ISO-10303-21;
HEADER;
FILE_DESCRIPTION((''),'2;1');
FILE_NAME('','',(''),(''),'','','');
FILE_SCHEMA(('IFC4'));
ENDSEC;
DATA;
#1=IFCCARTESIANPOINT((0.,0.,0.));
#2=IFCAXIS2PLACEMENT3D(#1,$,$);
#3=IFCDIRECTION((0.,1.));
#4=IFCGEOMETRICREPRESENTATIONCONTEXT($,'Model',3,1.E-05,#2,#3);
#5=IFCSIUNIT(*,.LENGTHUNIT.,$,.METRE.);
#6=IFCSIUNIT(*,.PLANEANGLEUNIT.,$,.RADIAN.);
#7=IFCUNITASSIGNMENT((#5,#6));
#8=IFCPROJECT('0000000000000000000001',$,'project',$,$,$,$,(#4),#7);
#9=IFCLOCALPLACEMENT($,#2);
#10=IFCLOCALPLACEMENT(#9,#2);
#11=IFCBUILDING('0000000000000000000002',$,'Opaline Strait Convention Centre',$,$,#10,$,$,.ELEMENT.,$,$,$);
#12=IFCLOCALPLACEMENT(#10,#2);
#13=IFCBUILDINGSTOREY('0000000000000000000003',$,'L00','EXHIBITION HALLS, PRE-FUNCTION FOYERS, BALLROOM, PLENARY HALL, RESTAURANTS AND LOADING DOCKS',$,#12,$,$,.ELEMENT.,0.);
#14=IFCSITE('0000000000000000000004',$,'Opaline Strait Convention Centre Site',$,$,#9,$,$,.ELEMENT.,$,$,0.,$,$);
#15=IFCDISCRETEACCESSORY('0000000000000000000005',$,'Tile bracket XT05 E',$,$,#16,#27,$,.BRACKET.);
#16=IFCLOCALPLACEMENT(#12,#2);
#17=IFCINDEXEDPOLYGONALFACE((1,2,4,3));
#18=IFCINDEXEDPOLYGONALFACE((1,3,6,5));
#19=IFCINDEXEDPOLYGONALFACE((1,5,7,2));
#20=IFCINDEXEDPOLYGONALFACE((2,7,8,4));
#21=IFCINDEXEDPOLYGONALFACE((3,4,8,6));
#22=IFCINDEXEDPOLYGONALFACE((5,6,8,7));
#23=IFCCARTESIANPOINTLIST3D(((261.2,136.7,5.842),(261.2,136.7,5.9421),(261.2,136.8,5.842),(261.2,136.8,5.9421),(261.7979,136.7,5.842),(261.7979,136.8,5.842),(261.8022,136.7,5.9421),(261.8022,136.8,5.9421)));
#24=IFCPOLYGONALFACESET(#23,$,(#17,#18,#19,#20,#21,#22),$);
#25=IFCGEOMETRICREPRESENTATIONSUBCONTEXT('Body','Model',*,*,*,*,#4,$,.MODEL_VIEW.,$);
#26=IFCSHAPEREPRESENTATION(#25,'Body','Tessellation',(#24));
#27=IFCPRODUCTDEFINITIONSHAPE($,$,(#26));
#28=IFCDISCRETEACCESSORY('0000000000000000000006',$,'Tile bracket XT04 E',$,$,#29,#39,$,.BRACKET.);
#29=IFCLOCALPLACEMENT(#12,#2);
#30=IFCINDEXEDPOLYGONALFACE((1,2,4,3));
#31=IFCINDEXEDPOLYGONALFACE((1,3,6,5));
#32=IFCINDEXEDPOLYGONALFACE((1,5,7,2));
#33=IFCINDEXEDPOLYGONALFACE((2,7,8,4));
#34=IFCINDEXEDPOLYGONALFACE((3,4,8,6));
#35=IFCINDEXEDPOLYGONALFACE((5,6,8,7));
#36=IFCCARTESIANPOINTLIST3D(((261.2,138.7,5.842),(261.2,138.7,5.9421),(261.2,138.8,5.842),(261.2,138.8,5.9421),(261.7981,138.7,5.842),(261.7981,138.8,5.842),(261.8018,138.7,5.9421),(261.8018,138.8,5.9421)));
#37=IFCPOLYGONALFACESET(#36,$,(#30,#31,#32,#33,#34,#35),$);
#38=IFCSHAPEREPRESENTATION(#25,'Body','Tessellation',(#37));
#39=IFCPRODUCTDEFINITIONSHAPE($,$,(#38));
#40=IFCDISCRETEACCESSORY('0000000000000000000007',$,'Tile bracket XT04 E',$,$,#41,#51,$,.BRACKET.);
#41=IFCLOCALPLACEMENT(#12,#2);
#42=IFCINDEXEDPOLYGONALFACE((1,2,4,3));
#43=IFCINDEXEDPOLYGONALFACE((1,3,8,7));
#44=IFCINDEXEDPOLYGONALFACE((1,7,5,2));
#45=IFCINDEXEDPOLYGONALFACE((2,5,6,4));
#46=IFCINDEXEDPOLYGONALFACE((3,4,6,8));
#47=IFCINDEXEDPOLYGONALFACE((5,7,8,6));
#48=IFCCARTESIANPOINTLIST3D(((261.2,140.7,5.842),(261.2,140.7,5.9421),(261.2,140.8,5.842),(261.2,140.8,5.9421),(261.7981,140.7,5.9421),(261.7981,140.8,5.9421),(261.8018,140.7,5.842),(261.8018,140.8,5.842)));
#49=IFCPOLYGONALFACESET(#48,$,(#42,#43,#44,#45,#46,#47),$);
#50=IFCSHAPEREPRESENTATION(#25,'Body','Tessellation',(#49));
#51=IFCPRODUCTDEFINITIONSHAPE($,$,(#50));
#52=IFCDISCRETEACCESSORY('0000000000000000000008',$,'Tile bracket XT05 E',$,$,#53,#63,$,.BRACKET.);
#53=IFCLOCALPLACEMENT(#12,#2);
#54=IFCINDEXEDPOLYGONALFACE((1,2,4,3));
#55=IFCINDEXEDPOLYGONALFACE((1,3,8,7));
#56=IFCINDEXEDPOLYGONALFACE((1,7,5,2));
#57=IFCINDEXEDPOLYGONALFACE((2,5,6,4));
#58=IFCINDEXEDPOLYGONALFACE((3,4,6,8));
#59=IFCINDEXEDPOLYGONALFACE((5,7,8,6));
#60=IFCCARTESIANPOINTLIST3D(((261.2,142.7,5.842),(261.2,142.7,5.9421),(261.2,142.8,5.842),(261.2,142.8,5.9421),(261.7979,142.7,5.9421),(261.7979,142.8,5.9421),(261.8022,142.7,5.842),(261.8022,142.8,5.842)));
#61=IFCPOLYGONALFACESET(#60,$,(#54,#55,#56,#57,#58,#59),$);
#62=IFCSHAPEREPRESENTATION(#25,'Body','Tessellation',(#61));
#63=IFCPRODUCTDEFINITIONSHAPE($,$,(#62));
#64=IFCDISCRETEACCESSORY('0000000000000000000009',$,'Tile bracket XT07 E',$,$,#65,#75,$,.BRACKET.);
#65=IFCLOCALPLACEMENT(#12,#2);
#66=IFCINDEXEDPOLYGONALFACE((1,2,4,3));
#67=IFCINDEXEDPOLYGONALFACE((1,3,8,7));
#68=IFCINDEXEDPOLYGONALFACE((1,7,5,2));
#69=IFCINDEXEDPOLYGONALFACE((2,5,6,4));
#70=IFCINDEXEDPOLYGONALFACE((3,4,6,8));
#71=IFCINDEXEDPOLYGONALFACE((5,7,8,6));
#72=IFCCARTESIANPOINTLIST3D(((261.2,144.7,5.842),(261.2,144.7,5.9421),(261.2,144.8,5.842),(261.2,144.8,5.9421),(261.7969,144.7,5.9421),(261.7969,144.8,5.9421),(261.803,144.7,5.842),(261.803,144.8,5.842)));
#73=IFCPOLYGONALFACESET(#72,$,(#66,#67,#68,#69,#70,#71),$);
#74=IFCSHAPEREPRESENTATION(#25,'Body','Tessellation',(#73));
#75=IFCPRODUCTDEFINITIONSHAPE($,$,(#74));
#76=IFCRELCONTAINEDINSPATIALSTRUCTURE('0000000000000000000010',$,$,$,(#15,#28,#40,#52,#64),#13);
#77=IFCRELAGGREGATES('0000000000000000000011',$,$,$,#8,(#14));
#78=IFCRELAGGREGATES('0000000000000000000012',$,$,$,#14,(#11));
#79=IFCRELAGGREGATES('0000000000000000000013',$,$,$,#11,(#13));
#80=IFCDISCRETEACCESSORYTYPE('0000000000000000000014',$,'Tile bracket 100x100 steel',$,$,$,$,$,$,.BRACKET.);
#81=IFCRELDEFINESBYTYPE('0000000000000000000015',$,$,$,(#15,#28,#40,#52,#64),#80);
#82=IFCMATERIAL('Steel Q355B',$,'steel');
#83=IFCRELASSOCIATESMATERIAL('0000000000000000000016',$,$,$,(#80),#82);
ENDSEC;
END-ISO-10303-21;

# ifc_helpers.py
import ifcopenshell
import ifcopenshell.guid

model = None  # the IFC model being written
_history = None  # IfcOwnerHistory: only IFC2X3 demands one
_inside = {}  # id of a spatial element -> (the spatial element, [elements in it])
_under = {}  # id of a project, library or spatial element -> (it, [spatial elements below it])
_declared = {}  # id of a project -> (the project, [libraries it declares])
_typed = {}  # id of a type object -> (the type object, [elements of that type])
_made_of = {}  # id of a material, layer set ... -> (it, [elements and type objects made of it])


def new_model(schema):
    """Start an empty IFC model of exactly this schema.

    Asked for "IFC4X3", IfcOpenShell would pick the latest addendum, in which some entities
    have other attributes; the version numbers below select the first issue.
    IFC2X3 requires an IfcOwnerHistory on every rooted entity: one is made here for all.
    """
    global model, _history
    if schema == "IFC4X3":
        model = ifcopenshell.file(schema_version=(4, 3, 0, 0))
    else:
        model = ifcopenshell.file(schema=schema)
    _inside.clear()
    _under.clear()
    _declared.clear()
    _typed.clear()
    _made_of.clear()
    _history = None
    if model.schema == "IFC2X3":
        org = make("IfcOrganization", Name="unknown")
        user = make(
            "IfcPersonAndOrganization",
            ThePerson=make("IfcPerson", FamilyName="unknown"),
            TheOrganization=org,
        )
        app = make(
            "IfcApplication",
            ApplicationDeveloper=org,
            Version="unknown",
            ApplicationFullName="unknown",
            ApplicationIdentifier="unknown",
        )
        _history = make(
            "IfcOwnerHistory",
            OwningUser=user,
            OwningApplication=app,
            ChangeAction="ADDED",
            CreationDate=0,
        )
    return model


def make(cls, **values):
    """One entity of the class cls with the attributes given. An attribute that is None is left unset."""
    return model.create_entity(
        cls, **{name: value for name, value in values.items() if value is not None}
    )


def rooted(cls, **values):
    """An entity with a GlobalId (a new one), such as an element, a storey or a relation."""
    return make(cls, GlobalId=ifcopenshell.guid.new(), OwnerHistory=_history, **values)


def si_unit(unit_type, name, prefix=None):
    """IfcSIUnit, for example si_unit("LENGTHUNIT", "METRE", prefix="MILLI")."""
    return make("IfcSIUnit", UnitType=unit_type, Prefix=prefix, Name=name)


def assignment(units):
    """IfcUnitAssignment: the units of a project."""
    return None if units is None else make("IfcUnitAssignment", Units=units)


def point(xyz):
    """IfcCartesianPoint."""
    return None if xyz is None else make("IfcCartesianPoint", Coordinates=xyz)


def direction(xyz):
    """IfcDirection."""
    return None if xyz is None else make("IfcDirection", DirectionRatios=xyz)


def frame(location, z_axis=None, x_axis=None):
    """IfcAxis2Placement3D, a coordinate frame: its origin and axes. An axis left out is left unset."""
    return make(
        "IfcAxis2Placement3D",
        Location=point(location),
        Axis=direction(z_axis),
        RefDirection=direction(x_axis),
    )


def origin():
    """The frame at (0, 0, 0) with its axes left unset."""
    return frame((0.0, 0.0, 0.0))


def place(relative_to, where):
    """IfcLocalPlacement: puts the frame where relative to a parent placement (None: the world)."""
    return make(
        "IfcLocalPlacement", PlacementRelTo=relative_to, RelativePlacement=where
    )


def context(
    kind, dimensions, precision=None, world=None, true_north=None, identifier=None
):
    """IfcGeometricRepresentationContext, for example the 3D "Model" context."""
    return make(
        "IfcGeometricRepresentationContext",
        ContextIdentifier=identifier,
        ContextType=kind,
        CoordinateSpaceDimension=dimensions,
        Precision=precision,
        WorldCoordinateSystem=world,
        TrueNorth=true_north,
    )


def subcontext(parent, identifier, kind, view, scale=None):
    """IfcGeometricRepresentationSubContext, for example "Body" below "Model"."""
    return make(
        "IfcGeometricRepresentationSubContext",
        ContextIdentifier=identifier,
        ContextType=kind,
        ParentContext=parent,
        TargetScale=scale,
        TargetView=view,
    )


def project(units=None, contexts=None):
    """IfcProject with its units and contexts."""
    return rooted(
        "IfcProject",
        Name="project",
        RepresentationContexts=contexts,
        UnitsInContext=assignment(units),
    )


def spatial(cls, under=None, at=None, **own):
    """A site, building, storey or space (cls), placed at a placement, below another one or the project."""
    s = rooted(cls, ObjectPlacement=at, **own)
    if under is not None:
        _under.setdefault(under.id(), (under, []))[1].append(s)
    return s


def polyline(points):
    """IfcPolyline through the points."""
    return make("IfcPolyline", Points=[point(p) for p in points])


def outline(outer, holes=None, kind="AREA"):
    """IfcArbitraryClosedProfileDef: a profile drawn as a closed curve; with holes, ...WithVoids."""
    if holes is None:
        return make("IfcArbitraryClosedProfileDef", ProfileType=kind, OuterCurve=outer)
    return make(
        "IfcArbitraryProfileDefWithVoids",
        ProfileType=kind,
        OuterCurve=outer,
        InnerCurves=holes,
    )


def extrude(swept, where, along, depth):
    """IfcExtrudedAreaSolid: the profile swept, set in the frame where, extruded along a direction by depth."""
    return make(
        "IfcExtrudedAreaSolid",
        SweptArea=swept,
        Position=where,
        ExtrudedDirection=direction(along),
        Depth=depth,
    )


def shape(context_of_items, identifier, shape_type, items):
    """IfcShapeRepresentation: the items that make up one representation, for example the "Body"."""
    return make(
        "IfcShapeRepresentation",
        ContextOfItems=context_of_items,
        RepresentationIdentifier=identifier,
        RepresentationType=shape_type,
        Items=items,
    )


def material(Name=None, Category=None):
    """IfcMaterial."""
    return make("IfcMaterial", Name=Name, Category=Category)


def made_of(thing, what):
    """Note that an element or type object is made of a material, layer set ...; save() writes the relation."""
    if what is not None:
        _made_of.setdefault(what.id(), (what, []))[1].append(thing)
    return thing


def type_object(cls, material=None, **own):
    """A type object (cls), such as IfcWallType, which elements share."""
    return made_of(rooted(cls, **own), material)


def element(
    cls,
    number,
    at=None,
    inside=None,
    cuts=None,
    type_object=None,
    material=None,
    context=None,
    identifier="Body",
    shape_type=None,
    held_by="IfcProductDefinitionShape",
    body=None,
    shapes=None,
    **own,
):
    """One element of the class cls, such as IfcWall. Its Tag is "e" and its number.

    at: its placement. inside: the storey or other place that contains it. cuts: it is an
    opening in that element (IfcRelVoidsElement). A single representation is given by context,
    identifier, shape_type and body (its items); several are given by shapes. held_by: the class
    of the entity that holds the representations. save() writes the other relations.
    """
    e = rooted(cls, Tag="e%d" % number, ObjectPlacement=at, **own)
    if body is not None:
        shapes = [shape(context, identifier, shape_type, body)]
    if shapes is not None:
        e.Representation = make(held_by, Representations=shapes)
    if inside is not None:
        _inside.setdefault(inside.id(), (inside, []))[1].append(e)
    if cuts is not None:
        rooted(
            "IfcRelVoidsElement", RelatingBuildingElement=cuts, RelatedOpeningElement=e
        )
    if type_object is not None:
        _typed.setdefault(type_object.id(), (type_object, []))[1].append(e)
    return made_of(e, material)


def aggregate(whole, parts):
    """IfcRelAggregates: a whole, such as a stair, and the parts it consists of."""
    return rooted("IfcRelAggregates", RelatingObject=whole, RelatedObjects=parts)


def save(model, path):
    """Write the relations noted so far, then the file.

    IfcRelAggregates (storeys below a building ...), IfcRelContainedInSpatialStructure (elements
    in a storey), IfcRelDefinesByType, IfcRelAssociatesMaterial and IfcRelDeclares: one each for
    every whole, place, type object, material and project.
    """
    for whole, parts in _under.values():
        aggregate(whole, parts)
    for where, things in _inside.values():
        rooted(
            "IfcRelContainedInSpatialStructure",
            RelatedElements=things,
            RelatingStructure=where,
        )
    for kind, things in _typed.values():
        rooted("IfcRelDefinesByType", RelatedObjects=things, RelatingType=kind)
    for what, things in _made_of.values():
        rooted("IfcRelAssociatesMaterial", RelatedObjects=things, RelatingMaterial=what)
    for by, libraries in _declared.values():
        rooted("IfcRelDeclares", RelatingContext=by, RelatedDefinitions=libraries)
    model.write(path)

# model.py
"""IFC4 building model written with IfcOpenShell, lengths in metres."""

from ifc_helpers import new_model, si_unit, direction, frame, origin, place, context, subcontext, project, spatial, polyline, outline, extrude, material, type_object, element, save


model = new_model("IFC4")

# Units and contexts
model_context = context("Model", 3, precision=1e-05, world=origin(), true_north=direction((0.0, 1.0)))
body_context = subcontext(model_context, "Body", "Model", "MODEL_VIEW")
ifc_project = project(units=[si_unit("LENGTHUNIT", "METRE"), si_unit("PLANEANGLEUNIT", "RADIAN")], contexts=[model_context])

# Site, building, storey
site_placement = place(None, origin())
site = spatial("IfcSite", under=ifc_project, at=site_placement, Name="Opaline Strait Convention Centre Site", CompositionType="ELEMENT", RefElevation=0.0)
building_placement = place(site_placement, origin())
building = spatial("IfcBuilding", under=site, at=building_placement, Name="Opaline Strait Convention Centre", CompositionType="ELEMENT")
storey_placement = place(building_placement, origin())
storey = spatial("IfcBuildingStorey", under=building, at=storey_placement, Name="L00", Description="EXHIBITION HALLS, PRE-FUNCTION FOYERS, BALLROOM, PLENARY HALL, RESTAURANTS AND LOADING DOCKS", CompositionType="ELEMENT", Elevation=0.0)

# Shared definitions
ifc_material_1 = material(Name="Steel Q355B", Category="steel")

# Discrete accessories
discrete_accessory_type = type_object("IfcDiscreteAccessoryType", Name="Tile bracket 100x100 steel", PredefinedType="BRACKET", material=ifc_material_1)
discrete_accessory_1_placement = place(storey_placement, frame((261.2, 136.7, 5.8921), z_axis=(0.0, 1.0, 0.0), x_axis=(-1.0, 0.0, 0.0)))
element("IfcDiscreteAccessory", 1, at=discrete_accessory_1_placement, inside=storey, type_object=discrete_accessory_type, Name="Tile bracket XT05 E", PredefinedType="BRACKET", context=body_context, shape_type="SweptSolid", body=[
    extrude(outline(polyline([(0.0, -0.05), (0.0, 0.05), (-0.6023, 0.05), (-0.5979, -0.05), (0.0, -0.05)])), origin(), (0.0, 0.0, 1.0), 0.1001),
])
discrete_accessory_2_placement = place(storey_placement, frame((261.2, 138.7, 5.8921), z_axis=(0.0, 1.0, 0.0), x_axis=(-1.0, 0.0, 0.0)))
element("IfcDiscreteAccessory", 2, at=discrete_accessory_2_placement, inside=storey, type_object=discrete_accessory_type, Name="Tile bracket XT04 E", PredefinedType="BRACKET", context=body_context, shape_type="SweptSolid", body=[
    extrude(outline(polyline([(0.0, -0.05), (0.0, 0.05), (-0.6018, 0.05), (-0.5981, -0.05), (0.0, -0.05)])), origin(), (0.0, 0.0, 1.0), 0.1001),
])
discrete_accessory_3_placement = place(storey_placement, frame((261.2, 140.7, 5.8921), z_axis=(0.0, 1.0, 0.0), x_axis=(-1.0, 0.0, 0.0)))
element("IfcDiscreteAccessory", 3, at=discrete_accessory_3_placement, inside=storey, type_object=discrete_accessory_type, Name="Tile bracket XT04 E", PredefinedType="BRACKET", context=body_context, shape_type="SweptSolid", body=[
    extrude(outline(polyline([(0.0, -0.05), (0.0, 0.05), (-0.5981, 0.05), (-0.6018, -0.05), (0.0, -0.05)])), origin(), (0.0, 0.0, 1.0), 0.1001),
])
discrete_accessory_4_placement = place(storey_placement, frame((261.2, 142.7, 5.8921), z_axis=(0.0, 1.0, 0.0), x_axis=(-1.0, 0.0, 0.0)))
element("IfcDiscreteAccessory", 4, at=discrete_accessory_4_placement, inside=storey, type_object=discrete_accessory_type, Name="Tile bracket XT05 E", PredefinedType="BRACKET", context=body_context, shape_type="SweptSolid", body=[
    extrude(outline(polyline([(0.0, -0.05), (0.0, 0.05), (-0.5979, 0.05), (-0.6023, -0.05), (0.0, -0.05)])), origin(), (0.0, 0.0, 1.0), 0.1001),
])
discrete_accessory_5_placement = place(storey_placement, frame((261.2, 144.7, 5.8921), z_axis=(0.0, 1.0, 0.0), x_axis=(-1.0, 0.0, 0.0)))
element("IfcDiscreteAccessory", 5, at=discrete_accessory_5_placement, inside=storey, type_object=discrete_accessory_type, Name="Tile bracket XT07 E", PredefinedType="BRACKET", context=body_context, shape_type="SweptSolid", body=[
    extrude(outline(polyline([(0.0, -0.05), (0.0, 0.05), (-0.5969, 0.05), (-0.603, -0.05), (0.0, -0.05)])), origin(), (0.0, 0.0, 1.0), 0.1001),
])

save(model, "model.ifc")
